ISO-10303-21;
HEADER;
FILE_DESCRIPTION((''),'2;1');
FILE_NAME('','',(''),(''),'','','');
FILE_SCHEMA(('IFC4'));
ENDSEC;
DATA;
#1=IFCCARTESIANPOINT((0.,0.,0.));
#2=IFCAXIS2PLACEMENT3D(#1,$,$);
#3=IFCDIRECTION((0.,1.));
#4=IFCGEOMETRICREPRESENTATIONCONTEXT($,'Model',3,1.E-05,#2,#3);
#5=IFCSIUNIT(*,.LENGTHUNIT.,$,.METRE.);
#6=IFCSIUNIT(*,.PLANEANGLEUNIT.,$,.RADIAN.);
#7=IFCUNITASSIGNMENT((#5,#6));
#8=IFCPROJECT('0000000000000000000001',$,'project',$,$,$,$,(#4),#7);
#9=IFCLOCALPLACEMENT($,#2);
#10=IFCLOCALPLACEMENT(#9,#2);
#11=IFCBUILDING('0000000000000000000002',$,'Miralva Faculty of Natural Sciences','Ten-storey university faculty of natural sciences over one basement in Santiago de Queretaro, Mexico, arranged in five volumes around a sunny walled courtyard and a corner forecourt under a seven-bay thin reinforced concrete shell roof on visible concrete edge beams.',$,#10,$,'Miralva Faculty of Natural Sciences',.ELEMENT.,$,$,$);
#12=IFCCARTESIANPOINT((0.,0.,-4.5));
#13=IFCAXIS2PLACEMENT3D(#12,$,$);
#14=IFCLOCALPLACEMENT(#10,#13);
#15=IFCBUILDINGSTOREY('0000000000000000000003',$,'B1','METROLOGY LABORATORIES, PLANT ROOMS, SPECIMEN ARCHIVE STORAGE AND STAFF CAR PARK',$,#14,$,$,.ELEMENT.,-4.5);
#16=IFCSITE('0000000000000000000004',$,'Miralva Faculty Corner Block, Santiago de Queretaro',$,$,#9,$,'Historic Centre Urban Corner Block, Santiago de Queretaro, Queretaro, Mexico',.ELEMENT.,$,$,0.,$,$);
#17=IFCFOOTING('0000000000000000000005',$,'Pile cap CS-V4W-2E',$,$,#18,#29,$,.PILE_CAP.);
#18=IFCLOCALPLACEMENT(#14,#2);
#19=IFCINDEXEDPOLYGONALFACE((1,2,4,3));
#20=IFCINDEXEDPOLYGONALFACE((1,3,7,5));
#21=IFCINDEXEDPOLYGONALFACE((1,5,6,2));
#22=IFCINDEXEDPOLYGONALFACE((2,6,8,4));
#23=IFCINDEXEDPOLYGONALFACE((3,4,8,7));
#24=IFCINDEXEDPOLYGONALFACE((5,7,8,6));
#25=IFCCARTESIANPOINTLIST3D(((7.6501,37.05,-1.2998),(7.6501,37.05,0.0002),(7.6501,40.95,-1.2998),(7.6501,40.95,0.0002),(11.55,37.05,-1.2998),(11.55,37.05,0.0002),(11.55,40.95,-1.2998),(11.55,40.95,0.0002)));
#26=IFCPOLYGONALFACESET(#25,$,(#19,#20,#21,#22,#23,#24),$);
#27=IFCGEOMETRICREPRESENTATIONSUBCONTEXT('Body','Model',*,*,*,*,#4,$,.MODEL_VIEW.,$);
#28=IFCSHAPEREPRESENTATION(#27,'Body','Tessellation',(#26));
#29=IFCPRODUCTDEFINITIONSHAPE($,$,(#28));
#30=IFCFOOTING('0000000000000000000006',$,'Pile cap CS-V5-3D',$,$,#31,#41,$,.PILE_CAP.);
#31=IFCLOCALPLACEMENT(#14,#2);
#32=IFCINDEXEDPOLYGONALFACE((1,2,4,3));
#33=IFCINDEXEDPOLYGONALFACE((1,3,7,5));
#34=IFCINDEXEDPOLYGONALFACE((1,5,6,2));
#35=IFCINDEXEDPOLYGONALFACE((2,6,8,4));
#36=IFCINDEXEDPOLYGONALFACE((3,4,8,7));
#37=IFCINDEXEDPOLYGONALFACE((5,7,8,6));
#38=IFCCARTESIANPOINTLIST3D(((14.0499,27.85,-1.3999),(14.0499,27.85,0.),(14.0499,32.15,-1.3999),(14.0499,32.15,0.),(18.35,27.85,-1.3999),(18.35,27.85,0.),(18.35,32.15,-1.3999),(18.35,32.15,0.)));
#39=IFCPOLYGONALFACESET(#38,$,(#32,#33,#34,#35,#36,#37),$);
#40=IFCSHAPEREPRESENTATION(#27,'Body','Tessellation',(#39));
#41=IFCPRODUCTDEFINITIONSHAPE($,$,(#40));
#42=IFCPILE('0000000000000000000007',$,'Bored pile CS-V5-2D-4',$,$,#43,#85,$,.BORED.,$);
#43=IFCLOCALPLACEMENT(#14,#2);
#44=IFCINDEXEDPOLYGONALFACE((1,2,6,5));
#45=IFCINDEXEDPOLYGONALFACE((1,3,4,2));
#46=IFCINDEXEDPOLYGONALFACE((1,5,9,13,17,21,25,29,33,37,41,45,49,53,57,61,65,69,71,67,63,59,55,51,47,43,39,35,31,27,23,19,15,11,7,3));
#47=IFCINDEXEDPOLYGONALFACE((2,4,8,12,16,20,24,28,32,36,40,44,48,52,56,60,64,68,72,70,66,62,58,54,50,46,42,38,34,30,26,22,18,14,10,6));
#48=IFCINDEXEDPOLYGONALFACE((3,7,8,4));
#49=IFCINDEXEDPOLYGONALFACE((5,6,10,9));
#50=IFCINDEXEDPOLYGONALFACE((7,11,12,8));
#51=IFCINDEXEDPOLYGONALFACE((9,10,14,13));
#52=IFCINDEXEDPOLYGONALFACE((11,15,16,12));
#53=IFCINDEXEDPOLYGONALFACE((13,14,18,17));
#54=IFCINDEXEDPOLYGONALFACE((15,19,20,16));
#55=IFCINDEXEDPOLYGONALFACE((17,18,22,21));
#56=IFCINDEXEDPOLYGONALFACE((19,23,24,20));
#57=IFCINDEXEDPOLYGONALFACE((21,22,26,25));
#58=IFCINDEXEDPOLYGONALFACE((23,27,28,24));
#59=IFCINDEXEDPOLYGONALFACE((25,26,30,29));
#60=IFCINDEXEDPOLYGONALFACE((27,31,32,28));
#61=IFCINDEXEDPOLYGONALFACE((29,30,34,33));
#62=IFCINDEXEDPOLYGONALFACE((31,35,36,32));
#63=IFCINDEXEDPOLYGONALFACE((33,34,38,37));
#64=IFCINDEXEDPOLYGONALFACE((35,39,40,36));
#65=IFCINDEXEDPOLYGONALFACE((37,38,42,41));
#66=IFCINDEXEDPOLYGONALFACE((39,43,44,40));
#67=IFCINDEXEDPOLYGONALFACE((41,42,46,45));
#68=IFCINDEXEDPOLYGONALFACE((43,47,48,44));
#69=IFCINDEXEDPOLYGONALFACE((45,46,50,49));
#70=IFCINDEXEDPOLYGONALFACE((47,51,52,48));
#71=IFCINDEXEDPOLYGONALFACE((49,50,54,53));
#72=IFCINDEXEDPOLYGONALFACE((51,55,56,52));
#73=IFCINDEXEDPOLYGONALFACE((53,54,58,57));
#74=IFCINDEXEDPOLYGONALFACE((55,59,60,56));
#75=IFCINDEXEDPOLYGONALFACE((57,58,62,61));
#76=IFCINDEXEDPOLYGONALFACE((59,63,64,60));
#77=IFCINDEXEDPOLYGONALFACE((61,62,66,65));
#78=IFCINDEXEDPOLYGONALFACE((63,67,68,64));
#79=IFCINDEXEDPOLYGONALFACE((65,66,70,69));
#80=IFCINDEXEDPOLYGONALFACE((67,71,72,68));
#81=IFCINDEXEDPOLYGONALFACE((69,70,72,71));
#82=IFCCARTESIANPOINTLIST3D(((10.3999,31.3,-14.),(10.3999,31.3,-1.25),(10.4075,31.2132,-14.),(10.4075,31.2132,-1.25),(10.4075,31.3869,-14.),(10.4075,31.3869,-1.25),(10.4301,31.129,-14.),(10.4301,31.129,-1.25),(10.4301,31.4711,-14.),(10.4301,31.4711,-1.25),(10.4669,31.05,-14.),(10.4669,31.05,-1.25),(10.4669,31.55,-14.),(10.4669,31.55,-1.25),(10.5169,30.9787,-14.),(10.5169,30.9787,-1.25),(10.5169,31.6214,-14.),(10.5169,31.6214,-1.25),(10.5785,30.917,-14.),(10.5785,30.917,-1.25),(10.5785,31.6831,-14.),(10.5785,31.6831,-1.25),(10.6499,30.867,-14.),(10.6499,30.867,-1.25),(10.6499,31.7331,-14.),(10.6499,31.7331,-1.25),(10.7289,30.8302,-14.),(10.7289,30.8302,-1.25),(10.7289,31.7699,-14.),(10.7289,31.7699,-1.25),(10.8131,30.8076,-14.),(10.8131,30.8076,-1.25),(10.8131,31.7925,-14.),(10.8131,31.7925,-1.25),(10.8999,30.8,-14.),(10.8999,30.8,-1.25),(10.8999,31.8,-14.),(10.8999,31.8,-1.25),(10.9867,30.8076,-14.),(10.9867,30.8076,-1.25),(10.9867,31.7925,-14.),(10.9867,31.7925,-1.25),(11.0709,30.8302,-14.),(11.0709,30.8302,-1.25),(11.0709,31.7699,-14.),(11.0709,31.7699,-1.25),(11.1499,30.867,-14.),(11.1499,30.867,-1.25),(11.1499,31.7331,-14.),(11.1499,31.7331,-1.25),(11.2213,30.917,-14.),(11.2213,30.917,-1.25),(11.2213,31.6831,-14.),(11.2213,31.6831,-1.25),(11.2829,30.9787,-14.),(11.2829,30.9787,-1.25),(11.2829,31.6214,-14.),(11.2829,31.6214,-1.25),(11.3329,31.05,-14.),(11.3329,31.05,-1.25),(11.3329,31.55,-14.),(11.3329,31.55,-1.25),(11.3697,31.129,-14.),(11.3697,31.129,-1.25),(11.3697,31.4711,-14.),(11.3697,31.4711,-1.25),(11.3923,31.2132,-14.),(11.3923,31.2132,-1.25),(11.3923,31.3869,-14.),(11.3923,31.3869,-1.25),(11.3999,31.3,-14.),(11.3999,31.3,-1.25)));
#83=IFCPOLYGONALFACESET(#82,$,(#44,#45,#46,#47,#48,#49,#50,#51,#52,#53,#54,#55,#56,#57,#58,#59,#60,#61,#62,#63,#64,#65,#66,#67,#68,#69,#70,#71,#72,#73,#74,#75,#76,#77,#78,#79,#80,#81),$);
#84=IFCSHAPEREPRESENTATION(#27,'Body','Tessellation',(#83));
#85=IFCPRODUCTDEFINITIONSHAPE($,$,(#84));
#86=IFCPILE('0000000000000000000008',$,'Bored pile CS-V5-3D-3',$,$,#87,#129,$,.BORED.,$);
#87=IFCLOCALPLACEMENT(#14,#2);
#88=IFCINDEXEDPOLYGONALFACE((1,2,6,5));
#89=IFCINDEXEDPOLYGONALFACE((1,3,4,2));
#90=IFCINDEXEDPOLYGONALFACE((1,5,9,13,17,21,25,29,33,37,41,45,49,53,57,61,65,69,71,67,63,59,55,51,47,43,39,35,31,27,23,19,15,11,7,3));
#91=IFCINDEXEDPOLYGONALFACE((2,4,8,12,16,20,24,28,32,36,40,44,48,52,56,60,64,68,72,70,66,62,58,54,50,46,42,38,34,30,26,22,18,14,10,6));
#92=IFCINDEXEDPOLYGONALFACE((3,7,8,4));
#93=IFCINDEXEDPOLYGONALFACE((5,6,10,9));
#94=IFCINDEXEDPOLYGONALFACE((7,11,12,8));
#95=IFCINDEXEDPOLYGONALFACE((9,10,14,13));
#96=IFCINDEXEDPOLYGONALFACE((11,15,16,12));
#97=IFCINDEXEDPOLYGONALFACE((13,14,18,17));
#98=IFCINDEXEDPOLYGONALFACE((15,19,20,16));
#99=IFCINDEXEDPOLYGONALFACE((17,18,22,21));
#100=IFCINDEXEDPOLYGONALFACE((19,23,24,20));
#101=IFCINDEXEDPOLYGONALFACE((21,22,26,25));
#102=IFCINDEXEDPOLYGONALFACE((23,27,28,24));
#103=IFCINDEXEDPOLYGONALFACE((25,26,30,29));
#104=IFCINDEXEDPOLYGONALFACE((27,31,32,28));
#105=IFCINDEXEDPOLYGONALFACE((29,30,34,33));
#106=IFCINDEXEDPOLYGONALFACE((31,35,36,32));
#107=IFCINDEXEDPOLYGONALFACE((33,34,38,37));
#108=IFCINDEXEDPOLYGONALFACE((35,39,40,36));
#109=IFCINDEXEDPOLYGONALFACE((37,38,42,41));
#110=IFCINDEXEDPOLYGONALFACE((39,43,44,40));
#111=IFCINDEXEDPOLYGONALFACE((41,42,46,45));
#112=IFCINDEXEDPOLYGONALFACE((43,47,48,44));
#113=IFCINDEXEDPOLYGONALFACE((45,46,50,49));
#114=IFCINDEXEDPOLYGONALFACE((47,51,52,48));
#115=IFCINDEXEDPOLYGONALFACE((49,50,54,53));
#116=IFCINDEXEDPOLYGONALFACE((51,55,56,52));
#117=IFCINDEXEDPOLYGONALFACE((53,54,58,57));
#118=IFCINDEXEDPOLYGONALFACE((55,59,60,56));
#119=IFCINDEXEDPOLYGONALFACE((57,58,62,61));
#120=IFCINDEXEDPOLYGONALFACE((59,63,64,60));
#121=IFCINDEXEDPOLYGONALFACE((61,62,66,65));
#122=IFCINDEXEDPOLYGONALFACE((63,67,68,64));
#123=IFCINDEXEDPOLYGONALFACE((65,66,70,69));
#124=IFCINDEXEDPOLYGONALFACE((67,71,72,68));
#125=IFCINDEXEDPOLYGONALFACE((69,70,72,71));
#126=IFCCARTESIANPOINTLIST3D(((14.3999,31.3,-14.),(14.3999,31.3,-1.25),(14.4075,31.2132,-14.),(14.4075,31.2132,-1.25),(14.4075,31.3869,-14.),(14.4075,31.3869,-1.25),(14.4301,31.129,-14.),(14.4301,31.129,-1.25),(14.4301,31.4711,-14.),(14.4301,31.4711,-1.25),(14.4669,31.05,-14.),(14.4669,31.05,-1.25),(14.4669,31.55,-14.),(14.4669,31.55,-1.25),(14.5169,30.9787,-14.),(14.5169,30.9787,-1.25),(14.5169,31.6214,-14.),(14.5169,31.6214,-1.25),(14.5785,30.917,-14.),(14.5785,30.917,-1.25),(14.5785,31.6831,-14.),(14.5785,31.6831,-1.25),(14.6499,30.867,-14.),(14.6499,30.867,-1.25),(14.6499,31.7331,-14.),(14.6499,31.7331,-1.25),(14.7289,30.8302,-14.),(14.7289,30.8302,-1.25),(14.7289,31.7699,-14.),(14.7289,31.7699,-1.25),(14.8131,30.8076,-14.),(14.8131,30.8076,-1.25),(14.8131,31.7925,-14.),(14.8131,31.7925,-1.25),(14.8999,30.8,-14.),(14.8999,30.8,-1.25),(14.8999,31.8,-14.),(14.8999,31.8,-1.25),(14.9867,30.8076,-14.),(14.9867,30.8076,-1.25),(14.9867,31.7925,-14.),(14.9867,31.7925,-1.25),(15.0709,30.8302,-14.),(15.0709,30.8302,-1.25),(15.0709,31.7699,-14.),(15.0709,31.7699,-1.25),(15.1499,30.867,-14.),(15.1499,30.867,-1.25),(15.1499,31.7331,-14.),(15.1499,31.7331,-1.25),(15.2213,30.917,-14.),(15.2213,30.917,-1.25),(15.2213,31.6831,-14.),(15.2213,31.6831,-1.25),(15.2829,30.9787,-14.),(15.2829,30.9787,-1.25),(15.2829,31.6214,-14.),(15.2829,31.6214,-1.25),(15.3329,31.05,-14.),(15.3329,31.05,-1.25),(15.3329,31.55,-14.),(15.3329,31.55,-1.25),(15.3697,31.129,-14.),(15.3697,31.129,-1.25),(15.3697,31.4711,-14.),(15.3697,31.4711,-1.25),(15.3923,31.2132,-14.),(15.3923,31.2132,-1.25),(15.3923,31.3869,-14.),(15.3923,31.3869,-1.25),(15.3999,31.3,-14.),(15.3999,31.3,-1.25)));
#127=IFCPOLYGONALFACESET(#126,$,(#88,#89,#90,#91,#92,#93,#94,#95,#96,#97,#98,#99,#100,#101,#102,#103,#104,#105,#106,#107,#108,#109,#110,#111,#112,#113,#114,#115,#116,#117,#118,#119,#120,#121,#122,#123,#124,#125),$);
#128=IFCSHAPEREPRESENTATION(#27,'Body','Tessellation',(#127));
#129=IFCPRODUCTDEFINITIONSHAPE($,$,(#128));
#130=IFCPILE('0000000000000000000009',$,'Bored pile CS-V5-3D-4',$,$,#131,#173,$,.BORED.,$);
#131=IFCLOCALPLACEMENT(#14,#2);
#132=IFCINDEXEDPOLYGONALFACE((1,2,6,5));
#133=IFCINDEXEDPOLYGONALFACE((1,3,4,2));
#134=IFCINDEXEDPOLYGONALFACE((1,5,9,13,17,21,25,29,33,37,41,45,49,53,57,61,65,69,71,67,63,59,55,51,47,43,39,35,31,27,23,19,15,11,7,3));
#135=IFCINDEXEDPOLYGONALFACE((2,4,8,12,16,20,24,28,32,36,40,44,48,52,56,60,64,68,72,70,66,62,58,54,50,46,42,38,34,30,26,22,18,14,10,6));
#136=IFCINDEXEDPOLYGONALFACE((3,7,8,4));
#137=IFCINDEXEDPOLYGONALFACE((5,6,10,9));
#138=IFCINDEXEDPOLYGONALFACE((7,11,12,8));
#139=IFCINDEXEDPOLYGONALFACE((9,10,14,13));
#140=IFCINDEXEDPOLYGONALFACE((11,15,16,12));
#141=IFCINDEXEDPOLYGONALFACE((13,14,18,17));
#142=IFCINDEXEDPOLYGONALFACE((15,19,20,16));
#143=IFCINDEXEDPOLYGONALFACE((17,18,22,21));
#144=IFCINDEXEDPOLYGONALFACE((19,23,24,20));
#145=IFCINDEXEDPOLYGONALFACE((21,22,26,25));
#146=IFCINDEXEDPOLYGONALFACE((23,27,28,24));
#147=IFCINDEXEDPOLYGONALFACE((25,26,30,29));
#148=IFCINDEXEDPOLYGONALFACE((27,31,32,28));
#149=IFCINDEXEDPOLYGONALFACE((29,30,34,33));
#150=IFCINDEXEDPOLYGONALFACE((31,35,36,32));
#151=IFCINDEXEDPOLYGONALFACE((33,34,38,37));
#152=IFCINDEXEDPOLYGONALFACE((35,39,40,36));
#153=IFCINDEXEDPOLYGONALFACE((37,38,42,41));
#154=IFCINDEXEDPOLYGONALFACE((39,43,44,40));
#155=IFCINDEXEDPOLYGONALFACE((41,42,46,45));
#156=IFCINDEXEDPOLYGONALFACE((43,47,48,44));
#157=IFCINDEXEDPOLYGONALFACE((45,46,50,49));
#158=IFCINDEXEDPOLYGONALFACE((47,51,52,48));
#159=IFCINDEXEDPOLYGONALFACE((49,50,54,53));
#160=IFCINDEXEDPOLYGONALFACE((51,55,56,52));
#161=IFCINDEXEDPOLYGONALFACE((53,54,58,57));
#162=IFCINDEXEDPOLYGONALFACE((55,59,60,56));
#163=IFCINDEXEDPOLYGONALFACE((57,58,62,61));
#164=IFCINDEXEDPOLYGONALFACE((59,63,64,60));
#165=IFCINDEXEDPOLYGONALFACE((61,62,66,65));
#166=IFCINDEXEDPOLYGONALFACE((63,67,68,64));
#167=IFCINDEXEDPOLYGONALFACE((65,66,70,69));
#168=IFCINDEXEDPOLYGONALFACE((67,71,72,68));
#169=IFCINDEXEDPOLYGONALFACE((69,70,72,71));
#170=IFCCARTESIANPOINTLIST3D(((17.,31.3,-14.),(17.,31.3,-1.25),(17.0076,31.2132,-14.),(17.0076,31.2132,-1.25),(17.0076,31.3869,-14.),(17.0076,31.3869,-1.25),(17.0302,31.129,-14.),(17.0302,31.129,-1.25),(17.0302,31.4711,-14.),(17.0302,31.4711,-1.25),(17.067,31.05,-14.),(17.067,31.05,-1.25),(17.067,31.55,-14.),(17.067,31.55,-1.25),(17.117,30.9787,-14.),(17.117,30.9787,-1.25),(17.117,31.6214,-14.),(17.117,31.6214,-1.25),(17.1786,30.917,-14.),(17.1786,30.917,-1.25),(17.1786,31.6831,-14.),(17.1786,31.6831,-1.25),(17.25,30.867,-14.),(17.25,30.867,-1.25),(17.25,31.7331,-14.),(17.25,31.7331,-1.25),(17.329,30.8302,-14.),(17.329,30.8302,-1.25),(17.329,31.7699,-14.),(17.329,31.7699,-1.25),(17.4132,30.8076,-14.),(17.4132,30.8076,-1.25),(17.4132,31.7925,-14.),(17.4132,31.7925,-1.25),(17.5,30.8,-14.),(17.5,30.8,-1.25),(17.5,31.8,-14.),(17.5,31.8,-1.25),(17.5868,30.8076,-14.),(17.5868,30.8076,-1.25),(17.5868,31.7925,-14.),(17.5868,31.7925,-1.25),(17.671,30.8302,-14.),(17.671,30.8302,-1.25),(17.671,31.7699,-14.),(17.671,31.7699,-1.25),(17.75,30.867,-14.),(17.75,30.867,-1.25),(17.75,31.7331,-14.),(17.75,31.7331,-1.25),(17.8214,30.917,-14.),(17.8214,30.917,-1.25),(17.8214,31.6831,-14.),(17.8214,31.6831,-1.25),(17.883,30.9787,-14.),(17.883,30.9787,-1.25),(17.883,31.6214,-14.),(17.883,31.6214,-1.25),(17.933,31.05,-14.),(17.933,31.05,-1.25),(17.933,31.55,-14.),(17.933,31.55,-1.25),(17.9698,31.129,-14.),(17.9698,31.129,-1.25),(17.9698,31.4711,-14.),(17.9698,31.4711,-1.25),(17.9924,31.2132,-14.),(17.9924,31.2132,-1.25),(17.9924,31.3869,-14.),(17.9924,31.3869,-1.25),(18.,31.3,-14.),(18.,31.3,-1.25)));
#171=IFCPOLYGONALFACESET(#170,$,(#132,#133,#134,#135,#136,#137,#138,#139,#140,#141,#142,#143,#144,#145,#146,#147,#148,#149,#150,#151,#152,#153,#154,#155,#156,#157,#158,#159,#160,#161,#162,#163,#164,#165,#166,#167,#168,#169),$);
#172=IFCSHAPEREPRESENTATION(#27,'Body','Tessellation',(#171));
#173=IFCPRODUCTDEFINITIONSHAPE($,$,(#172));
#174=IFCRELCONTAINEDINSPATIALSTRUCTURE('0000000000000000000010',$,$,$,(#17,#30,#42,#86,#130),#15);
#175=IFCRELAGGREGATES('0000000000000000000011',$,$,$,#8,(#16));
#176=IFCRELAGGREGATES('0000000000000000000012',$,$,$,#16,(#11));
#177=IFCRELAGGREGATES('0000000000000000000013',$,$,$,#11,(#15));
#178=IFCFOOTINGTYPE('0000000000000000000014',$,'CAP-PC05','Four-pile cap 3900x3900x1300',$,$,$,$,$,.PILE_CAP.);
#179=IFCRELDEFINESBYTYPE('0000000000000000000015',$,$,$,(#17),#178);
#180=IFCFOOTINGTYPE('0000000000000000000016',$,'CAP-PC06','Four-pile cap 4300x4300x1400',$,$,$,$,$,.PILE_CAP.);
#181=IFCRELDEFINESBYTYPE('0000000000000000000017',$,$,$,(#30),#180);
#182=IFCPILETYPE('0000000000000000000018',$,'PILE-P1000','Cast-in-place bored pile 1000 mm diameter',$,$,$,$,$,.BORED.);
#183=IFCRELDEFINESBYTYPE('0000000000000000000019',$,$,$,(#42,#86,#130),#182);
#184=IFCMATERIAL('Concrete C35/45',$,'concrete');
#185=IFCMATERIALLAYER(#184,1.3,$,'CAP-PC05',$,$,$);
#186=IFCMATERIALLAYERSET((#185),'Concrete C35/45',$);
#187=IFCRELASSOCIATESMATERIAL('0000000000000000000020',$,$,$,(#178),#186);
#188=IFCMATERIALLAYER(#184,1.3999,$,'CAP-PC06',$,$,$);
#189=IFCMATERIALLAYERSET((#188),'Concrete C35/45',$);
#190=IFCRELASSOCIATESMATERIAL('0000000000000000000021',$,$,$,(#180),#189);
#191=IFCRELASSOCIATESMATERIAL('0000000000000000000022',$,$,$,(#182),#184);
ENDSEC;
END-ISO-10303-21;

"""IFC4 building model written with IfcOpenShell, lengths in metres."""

from ifc_helpers import new_model, si_unit, direction, frame, origin, origin_2d, place, context, subcontext, project, spatial, rectangle, circle, extrude, material, layer, layer_set, material_profile, profile_set, type_object, element, save


model = new_model("IFC4")

# Units and contexts
model_context = context("Model", 3, precision=1e-05, world=origin(), true_north=direction((0.0, 1.0)))
body_context = subcontext(model_context, "Body", "Model", "MODEL_VIEW")
ifc_project = project(units=[si_unit("LENGTHUNIT", "METRE"), si_unit("PLANEANGLEUNIT", "RADIAN")], contexts=[model_context])

# Site, building, storey
site_placement = place(None, origin())
site = spatial("IfcSite", under=ifc_project, at=site_placement, Name="Miralva Faculty Corner Block, Santiago de Queretaro", LongName="Historic Centre Urban Corner Block, Santiago de Queretaro, Queretaro, Mexico", CompositionType="ELEMENT", RefElevation=0.0)
building_placement = place(site_placement, origin())
building = spatial("IfcBuilding", under=site, at=building_placement, Name="Miralva Faculty of Natural Sciences", Description="Ten-storey university faculty of natural sciences over one basement in Santiago de Queretaro, Mexico, arranged in five volumes around a sunny walled courtyard and a corner forecourt under a seven-bay thin reinforced concrete shell roof on visible concrete edge beams.", LongName="Miralva Faculty of Natural Sciences", CompositionType="ELEMENT")
storey_placement = place(building_placement, frame((0.0, 0.0, -4.5)))
storey = spatial("IfcBuildingStorey", under=building, at=storey_placement, Name="B1", Description="METROLOGY LABORATORIES, PLANT ROOMS, SPECIMEN ARCHIVE STORAGE AND STAFF CAR PARK", CompositionType="ELEMENT", Elevation=-4.5)

# Footings
ifc_material_1 = material(Name="Concrete C35/45", Category="concrete")
ifc_layer_1 = layer(ifc_material_1, 1.3, Name="CAP-PC05")
ifc_layer_set_1 = layer_set([ifc_layer_1], Name="Concrete C35/45")
footing_type_1 = type_object("IfcFootingType", Name="CAP-PC05", Description="Four-pile cap 3900x3900x1300", PredefinedType="PILE_CAP", material=ifc_layer_set_1)
footing_1_placement = place(storey_placement, frame((9.6001, 39.0, -1.2998), z_axis=(0.0, 0.0, 1.0), x_axis=(1.0, 0.0, 0.0)))
element("IfcFooting", 1, at=footing_1_placement, inside=storey, type_object=footing_type_1, Name="Pile cap CS-V4W-2E", PredefinedType="PILE_CAP", context=body_context, shape_type="SweptSolid", body=[
    extrude(rectangle(XDim=3.8999, YDim=3.8999, at=origin_2d()), origin(), (0.0, 0.0, 1.0), 1.3),
])
ifc_layer_2 = layer(ifc_material_1, 1.3999, Name="CAP-PC06")
ifc_layer_set_2 = layer_set([ifc_layer_2], Name="Concrete C35/45")
footing_type_2 = type_object("IfcFootingType", Name="CAP-PC06", Description="Four-pile cap 4300x4300x1400", PredefinedType="PILE_CAP", material=ifc_layer_set_2)
footing_2_placement = place(storey_placement, frame((16.2, 30.0, -1.3999), z_axis=(0.0, 0.0, 1.0), x_axis=(1.0, 0.0, 0.0)))
element("IfcFooting", 2, at=footing_2_placement, inside=storey, type_object=footing_type_2, Name="Pile cap CS-V5-3D", PredefinedType="PILE_CAP", context=body_context, shape_type="SweptSolid", body=[
    extrude(rectangle(XDim=4.3, YDim=4.3, at=origin_2d()), origin(), (0.0, 0.0, 1.0), 1.3999),
])

# Piles
ifc_material_profile_1 = material_profile(ifc_material_1, circle(Radius=0.5, at=origin_2d()), Name="BORED PILE 1000")
ifc_profile_set_1 = profile_set([ifc_material_profile_1], Name="Concrete C35/45")
pile_type_1 = type_object("IfcPileType", Name="PILE-P1000", Description="Cast-in-place bored pile 1000 mm diameter", PredefinedType="BORED", material=ifc_profile_set_1)
for number, where, z_axis, x_axis, name in (
    (3, (10.8999, 31.3, -1.25), (0.0, 0.0, -1.0), (1.0, 0.0, 0.0), "Bored pile CS-V5-2D-4"),
    (4, (14.8999, 31.3, -1.25), (0.0, 0.0, -1.0), (1.0, 0.0, 0.0), "Bored pile CS-V5-3D-3"),
    (5, (17.5, 31.3, -1.25), (0.0, 0.0, -1.0), (1.0, 0.0, 0.0), "Bored pile CS-V5-3D-4"),
):
    element("IfcPile", number, at=place(storey_placement, frame(where, z_axis=z_axis, x_axis=x_axis)), inside=storey, type_object=pile_type_1, Name=name, PredefinedType="BORED", context=body_context, shape_type="SweptSolid", body=[
        extrude(circle(Radius=0.5, at=origin_2d()), origin(), (0.0, 0.0, 1.0), 12.75),
    ])

save(model, "model.ifc")
